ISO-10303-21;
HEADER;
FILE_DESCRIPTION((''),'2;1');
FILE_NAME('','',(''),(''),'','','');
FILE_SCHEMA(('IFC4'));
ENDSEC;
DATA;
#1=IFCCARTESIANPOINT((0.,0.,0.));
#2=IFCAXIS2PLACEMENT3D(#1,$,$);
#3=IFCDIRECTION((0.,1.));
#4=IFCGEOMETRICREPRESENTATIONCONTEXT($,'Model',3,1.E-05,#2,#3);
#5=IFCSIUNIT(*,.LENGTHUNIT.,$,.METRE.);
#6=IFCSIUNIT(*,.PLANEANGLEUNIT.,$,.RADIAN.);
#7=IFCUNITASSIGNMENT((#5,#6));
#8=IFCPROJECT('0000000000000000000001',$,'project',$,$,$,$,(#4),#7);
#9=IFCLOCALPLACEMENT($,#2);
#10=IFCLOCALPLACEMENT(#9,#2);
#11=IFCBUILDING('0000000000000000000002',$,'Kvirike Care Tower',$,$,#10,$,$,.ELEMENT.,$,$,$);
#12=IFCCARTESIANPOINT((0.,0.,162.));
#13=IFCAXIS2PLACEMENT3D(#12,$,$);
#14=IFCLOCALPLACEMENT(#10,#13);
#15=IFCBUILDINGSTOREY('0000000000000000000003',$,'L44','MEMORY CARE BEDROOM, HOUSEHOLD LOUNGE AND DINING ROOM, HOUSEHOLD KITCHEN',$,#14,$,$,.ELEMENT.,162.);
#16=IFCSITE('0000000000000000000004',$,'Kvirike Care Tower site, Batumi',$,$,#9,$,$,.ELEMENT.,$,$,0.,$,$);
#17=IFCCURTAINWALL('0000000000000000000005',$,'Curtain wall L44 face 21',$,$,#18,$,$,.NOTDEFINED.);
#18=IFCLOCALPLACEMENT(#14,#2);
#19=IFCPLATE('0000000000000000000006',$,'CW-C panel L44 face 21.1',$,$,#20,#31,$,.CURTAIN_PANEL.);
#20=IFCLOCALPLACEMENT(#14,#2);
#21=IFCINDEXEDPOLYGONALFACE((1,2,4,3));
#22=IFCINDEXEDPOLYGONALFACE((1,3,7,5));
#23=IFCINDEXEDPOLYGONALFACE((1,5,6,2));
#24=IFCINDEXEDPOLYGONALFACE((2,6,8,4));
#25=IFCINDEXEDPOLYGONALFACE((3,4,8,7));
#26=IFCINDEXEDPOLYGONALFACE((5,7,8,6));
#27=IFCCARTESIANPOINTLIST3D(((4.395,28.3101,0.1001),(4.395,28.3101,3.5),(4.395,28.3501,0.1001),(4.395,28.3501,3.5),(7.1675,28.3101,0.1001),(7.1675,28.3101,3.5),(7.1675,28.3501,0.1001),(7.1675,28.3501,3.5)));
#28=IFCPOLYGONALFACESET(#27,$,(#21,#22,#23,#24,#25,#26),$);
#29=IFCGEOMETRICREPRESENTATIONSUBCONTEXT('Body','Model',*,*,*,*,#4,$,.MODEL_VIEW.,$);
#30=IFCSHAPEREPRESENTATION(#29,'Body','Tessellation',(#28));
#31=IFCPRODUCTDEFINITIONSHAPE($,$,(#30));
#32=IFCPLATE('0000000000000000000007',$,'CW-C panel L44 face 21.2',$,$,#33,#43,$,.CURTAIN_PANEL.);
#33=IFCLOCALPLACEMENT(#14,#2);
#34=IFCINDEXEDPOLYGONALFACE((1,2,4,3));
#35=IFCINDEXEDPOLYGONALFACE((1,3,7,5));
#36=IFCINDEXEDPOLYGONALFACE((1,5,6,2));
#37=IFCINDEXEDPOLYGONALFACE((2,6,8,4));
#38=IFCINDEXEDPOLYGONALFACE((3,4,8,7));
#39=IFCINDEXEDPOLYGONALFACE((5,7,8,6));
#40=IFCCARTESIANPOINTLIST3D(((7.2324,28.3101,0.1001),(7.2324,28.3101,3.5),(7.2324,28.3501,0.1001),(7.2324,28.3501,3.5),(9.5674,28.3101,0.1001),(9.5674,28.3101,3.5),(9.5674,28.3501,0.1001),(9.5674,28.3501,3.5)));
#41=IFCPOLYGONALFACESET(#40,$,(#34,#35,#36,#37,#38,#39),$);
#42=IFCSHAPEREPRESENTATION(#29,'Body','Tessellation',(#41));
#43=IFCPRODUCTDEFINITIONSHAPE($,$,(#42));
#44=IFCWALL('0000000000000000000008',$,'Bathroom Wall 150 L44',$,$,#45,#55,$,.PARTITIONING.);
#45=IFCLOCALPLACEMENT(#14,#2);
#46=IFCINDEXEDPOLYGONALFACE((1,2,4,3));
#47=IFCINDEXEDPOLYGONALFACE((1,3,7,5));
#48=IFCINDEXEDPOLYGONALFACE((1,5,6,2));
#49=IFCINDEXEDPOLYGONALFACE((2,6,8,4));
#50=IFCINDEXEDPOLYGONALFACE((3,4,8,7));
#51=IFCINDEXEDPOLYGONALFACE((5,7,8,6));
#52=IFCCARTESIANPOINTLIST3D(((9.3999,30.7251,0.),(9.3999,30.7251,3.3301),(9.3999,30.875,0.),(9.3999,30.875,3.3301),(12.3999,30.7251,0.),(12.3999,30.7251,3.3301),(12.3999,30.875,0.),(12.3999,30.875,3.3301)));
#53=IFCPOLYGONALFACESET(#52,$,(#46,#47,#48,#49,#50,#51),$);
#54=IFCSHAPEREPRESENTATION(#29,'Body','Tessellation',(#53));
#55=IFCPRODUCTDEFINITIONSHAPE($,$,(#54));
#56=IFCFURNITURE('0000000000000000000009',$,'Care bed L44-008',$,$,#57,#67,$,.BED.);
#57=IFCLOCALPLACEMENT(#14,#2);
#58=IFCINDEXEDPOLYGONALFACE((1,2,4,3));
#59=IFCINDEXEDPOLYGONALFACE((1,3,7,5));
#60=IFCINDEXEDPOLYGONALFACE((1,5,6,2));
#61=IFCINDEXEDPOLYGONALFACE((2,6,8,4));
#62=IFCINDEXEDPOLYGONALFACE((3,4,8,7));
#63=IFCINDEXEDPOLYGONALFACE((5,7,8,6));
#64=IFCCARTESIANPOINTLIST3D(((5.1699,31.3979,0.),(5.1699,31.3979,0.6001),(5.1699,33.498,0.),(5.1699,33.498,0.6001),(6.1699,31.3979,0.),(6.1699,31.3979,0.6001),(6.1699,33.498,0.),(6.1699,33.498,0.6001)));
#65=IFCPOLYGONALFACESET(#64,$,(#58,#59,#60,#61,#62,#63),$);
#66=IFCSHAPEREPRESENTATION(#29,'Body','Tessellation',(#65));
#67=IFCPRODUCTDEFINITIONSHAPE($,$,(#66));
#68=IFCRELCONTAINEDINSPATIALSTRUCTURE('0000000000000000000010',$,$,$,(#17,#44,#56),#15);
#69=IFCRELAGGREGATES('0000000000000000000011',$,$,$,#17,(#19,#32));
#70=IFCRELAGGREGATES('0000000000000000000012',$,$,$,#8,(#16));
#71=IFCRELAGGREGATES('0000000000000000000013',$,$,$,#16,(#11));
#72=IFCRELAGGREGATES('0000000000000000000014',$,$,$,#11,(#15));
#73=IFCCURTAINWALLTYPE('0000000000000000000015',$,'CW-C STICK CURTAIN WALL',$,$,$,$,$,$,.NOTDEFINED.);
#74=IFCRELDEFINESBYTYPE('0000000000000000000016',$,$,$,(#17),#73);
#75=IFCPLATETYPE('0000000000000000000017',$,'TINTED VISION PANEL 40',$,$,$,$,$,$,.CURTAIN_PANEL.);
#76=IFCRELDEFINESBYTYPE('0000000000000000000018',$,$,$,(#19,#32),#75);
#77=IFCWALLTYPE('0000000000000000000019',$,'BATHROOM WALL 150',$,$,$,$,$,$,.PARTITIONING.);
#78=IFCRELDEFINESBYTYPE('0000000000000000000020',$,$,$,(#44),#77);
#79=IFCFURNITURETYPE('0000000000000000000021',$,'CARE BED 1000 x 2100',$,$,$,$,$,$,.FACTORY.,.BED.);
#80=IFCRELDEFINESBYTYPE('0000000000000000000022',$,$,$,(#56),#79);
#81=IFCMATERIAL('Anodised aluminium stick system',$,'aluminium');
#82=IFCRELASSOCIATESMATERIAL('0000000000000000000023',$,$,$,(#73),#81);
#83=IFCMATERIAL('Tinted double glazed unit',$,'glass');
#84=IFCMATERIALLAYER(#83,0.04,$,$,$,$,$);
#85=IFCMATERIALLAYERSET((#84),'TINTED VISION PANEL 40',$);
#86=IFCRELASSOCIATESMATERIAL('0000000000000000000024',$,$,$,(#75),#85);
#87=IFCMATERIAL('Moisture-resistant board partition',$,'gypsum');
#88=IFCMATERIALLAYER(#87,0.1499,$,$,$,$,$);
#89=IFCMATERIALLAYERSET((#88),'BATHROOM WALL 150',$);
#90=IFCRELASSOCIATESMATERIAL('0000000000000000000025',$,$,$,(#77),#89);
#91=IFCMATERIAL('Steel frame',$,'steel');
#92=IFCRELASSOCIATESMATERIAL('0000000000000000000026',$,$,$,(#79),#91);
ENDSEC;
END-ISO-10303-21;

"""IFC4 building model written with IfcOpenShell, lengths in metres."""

from ifc_helpers import new_model, si_unit, direction, frame, frame_2d, origin, origin_2d, place, context, subcontext, project, spatial, rectangle, extrude, material, layer, layer_set, type_object, element, aggregate, save


model = new_model("IFC4")

# Units and contexts
model_context = context("Model", 3, precision=1e-05, world=origin(), true_north=direction((0.0, 1.0)))
body_context = subcontext(model_context, "Body", "Model", "MODEL_VIEW")
ifc_project = project(units=[si_unit("LENGTHUNIT", "METRE"), si_unit("PLANEANGLEUNIT", "RADIAN")], contexts=[model_context])

# Site, building, storey
site_placement = place(None, origin())
site = spatial("IfcSite", under=ifc_project, at=site_placement, Name="Kvirike Care Tower site, Batumi", CompositionType="ELEMENT", RefElevation=0.0)
building_placement = place(site_placement, origin())
building = spatial("IfcBuilding", under=site, at=building_placement, Name="Kvirike Care Tower", CompositionType="ELEMENT")
storey_placement = place(building_placement, frame((0.0, 0.0, 162.0)))
storey = spatial("IfcBuildingStorey", under=building, at=storey_placement, Name="L44", Description="MEMORY CARE BEDROOM, HOUSEHOLD LOUNGE AND DINING ROOM, HOUSEHOLD KITCHEN", CompositionType="ELEMENT", Elevation=162.0)

# Curtain wall
ifc_material_1 = material(Name="Anodised aluminium stick system", Category="aluminium")
curtain_wall_type = type_object("IfcCurtainWallType", Name="CW-C STICK CURTAIN WALL", PredefinedType="NOTDEFINED", material=ifc_material_1)
curtain_wall_1_placement = place(storey_placement, origin())
curtain_wall_1 = element("IfcCurtainWall", 1, at=curtain_wall_1_placement, inside=storey, type_object=curtain_wall_type, Name="Curtain wall L44 face 21", PredefinedType="NOTDEFINED")

# Plates
ifc_material_2 = material(Name="Tinted double glazed unit", Category="glass")
ifc_layer_1 = layer(ifc_material_2, 0.04)
ifc_layer_set_1 = layer_set([ifc_layer_1], Name="TINTED VISION PANEL 40")
plate_type = type_object("IfcPlateType", Name="TINTED VISION PANEL 40", PredefinedType="CURTAIN_PANEL", material=ifc_layer_set_1)
plate_1_placement = place(storey_placement, frame((5.7812, 28.3301, 0.1001), z_axis=(0.0, 0.0, 1.0), x_axis=(1.0, 0.0, 0.0)))
plate_1 = element("IfcPlate", 2, at=plate_1_placement, type_object=plate_type, Name="CW-C panel L44 face 21.1", PredefinedType="CURTAIN_PANEL", context=body_context, shape_type="SweptSolid", body=[
    extrude(rectangle(XDim=2.7725, YDim=0.04, at=origin_2d()), origin(), (0.0, 0.0, 1.0), 3.3999),
])
plate_2_placement = place(storey_placement, frame((8.3999, 28.3301, 0.1001), z_axis=(0.0, 0.0, 1.0), x_axis=(1.0, 0.0, 0.0)))
plate_2 = element("IfcPlate", 3, at=plate_2_placement, type_object=plate_type, Name="CW-C panel L44 face 21.2", PredefinedType="CURTAIN_PANEL", context=body_context, shape_type="SweptSolid", body=[
    extrude(rectangle(XDim=2.335, YDim=0.04, at=origin_2d()), origin(), (0.0, 0.0, 1.0), 3.3999),
])
aggregate(curtain_wall_1, [plate_1, plate_2])

# Wall
ifc_material_3 = material(Name="Moisture-resistant board partition", Category="gypsum")
ifc_layer_2 = layer(ifc_material_3, 0.1499)
ifc_layer_set_2 = layer_set([ifc_layer_2], Name="BATHROOM WALL 150")
wall_type = type_object("IfcWallType", Name="BATHROOM WALL 150", PredefinedType="PARTITIONING", material=ifc_layer_set_2)
wall_placement = place(storey_placement, frame((9.3999, 30.8, 0.0), z_axis=(0.0, 0.0, 1.0), x_axis=(1.0, 0.0, 0.0)))
element("IfcWall", 4, at=wall_placement, inside=storey, type_object=wall_type, Name="Bathroom Wall 150 L44", PredefinedType="PARTITIONING", context=body_context, shape_type="SweptSolid", body=[
    extrude(rectangle(XDim=3.0, YDim=0.1499, at=frame_2d((1.5, 0.0))), origin(), (0.0, 0.0, 1.0), 3.3301),
])

# Furniture
ifc_material_4 = material(Name="Steel frame", Category="steel")
furniture_type = type_object("IfcFurnitureType", Name="CARE BED 1000 x 2100", AssemblyPlace="FACTORY", PredefinedType="BED", material=ifc_material_4)
furniture_placement = place(storey_placement, frame((5.6699, 32.448, 0.0), z_axis=(0.0, 0.0, 1.0), x_axis=(1.0, 0.0, 0.0)))
element("IfcFurniture", 5, at=furniture_placement, inside=storey, type_object=furniture_type, Name="Care bed L44-008", PredefinedType="BED", context=body_context, shape_type="SweptSolid", body=[
    extrude(rectangle(XDim=1.0, YDim=2.1001, at=origin_2d()), origin(), (0.0, 0.0, 1.0), 0.6001),
])

save(model, "model.ifc")
